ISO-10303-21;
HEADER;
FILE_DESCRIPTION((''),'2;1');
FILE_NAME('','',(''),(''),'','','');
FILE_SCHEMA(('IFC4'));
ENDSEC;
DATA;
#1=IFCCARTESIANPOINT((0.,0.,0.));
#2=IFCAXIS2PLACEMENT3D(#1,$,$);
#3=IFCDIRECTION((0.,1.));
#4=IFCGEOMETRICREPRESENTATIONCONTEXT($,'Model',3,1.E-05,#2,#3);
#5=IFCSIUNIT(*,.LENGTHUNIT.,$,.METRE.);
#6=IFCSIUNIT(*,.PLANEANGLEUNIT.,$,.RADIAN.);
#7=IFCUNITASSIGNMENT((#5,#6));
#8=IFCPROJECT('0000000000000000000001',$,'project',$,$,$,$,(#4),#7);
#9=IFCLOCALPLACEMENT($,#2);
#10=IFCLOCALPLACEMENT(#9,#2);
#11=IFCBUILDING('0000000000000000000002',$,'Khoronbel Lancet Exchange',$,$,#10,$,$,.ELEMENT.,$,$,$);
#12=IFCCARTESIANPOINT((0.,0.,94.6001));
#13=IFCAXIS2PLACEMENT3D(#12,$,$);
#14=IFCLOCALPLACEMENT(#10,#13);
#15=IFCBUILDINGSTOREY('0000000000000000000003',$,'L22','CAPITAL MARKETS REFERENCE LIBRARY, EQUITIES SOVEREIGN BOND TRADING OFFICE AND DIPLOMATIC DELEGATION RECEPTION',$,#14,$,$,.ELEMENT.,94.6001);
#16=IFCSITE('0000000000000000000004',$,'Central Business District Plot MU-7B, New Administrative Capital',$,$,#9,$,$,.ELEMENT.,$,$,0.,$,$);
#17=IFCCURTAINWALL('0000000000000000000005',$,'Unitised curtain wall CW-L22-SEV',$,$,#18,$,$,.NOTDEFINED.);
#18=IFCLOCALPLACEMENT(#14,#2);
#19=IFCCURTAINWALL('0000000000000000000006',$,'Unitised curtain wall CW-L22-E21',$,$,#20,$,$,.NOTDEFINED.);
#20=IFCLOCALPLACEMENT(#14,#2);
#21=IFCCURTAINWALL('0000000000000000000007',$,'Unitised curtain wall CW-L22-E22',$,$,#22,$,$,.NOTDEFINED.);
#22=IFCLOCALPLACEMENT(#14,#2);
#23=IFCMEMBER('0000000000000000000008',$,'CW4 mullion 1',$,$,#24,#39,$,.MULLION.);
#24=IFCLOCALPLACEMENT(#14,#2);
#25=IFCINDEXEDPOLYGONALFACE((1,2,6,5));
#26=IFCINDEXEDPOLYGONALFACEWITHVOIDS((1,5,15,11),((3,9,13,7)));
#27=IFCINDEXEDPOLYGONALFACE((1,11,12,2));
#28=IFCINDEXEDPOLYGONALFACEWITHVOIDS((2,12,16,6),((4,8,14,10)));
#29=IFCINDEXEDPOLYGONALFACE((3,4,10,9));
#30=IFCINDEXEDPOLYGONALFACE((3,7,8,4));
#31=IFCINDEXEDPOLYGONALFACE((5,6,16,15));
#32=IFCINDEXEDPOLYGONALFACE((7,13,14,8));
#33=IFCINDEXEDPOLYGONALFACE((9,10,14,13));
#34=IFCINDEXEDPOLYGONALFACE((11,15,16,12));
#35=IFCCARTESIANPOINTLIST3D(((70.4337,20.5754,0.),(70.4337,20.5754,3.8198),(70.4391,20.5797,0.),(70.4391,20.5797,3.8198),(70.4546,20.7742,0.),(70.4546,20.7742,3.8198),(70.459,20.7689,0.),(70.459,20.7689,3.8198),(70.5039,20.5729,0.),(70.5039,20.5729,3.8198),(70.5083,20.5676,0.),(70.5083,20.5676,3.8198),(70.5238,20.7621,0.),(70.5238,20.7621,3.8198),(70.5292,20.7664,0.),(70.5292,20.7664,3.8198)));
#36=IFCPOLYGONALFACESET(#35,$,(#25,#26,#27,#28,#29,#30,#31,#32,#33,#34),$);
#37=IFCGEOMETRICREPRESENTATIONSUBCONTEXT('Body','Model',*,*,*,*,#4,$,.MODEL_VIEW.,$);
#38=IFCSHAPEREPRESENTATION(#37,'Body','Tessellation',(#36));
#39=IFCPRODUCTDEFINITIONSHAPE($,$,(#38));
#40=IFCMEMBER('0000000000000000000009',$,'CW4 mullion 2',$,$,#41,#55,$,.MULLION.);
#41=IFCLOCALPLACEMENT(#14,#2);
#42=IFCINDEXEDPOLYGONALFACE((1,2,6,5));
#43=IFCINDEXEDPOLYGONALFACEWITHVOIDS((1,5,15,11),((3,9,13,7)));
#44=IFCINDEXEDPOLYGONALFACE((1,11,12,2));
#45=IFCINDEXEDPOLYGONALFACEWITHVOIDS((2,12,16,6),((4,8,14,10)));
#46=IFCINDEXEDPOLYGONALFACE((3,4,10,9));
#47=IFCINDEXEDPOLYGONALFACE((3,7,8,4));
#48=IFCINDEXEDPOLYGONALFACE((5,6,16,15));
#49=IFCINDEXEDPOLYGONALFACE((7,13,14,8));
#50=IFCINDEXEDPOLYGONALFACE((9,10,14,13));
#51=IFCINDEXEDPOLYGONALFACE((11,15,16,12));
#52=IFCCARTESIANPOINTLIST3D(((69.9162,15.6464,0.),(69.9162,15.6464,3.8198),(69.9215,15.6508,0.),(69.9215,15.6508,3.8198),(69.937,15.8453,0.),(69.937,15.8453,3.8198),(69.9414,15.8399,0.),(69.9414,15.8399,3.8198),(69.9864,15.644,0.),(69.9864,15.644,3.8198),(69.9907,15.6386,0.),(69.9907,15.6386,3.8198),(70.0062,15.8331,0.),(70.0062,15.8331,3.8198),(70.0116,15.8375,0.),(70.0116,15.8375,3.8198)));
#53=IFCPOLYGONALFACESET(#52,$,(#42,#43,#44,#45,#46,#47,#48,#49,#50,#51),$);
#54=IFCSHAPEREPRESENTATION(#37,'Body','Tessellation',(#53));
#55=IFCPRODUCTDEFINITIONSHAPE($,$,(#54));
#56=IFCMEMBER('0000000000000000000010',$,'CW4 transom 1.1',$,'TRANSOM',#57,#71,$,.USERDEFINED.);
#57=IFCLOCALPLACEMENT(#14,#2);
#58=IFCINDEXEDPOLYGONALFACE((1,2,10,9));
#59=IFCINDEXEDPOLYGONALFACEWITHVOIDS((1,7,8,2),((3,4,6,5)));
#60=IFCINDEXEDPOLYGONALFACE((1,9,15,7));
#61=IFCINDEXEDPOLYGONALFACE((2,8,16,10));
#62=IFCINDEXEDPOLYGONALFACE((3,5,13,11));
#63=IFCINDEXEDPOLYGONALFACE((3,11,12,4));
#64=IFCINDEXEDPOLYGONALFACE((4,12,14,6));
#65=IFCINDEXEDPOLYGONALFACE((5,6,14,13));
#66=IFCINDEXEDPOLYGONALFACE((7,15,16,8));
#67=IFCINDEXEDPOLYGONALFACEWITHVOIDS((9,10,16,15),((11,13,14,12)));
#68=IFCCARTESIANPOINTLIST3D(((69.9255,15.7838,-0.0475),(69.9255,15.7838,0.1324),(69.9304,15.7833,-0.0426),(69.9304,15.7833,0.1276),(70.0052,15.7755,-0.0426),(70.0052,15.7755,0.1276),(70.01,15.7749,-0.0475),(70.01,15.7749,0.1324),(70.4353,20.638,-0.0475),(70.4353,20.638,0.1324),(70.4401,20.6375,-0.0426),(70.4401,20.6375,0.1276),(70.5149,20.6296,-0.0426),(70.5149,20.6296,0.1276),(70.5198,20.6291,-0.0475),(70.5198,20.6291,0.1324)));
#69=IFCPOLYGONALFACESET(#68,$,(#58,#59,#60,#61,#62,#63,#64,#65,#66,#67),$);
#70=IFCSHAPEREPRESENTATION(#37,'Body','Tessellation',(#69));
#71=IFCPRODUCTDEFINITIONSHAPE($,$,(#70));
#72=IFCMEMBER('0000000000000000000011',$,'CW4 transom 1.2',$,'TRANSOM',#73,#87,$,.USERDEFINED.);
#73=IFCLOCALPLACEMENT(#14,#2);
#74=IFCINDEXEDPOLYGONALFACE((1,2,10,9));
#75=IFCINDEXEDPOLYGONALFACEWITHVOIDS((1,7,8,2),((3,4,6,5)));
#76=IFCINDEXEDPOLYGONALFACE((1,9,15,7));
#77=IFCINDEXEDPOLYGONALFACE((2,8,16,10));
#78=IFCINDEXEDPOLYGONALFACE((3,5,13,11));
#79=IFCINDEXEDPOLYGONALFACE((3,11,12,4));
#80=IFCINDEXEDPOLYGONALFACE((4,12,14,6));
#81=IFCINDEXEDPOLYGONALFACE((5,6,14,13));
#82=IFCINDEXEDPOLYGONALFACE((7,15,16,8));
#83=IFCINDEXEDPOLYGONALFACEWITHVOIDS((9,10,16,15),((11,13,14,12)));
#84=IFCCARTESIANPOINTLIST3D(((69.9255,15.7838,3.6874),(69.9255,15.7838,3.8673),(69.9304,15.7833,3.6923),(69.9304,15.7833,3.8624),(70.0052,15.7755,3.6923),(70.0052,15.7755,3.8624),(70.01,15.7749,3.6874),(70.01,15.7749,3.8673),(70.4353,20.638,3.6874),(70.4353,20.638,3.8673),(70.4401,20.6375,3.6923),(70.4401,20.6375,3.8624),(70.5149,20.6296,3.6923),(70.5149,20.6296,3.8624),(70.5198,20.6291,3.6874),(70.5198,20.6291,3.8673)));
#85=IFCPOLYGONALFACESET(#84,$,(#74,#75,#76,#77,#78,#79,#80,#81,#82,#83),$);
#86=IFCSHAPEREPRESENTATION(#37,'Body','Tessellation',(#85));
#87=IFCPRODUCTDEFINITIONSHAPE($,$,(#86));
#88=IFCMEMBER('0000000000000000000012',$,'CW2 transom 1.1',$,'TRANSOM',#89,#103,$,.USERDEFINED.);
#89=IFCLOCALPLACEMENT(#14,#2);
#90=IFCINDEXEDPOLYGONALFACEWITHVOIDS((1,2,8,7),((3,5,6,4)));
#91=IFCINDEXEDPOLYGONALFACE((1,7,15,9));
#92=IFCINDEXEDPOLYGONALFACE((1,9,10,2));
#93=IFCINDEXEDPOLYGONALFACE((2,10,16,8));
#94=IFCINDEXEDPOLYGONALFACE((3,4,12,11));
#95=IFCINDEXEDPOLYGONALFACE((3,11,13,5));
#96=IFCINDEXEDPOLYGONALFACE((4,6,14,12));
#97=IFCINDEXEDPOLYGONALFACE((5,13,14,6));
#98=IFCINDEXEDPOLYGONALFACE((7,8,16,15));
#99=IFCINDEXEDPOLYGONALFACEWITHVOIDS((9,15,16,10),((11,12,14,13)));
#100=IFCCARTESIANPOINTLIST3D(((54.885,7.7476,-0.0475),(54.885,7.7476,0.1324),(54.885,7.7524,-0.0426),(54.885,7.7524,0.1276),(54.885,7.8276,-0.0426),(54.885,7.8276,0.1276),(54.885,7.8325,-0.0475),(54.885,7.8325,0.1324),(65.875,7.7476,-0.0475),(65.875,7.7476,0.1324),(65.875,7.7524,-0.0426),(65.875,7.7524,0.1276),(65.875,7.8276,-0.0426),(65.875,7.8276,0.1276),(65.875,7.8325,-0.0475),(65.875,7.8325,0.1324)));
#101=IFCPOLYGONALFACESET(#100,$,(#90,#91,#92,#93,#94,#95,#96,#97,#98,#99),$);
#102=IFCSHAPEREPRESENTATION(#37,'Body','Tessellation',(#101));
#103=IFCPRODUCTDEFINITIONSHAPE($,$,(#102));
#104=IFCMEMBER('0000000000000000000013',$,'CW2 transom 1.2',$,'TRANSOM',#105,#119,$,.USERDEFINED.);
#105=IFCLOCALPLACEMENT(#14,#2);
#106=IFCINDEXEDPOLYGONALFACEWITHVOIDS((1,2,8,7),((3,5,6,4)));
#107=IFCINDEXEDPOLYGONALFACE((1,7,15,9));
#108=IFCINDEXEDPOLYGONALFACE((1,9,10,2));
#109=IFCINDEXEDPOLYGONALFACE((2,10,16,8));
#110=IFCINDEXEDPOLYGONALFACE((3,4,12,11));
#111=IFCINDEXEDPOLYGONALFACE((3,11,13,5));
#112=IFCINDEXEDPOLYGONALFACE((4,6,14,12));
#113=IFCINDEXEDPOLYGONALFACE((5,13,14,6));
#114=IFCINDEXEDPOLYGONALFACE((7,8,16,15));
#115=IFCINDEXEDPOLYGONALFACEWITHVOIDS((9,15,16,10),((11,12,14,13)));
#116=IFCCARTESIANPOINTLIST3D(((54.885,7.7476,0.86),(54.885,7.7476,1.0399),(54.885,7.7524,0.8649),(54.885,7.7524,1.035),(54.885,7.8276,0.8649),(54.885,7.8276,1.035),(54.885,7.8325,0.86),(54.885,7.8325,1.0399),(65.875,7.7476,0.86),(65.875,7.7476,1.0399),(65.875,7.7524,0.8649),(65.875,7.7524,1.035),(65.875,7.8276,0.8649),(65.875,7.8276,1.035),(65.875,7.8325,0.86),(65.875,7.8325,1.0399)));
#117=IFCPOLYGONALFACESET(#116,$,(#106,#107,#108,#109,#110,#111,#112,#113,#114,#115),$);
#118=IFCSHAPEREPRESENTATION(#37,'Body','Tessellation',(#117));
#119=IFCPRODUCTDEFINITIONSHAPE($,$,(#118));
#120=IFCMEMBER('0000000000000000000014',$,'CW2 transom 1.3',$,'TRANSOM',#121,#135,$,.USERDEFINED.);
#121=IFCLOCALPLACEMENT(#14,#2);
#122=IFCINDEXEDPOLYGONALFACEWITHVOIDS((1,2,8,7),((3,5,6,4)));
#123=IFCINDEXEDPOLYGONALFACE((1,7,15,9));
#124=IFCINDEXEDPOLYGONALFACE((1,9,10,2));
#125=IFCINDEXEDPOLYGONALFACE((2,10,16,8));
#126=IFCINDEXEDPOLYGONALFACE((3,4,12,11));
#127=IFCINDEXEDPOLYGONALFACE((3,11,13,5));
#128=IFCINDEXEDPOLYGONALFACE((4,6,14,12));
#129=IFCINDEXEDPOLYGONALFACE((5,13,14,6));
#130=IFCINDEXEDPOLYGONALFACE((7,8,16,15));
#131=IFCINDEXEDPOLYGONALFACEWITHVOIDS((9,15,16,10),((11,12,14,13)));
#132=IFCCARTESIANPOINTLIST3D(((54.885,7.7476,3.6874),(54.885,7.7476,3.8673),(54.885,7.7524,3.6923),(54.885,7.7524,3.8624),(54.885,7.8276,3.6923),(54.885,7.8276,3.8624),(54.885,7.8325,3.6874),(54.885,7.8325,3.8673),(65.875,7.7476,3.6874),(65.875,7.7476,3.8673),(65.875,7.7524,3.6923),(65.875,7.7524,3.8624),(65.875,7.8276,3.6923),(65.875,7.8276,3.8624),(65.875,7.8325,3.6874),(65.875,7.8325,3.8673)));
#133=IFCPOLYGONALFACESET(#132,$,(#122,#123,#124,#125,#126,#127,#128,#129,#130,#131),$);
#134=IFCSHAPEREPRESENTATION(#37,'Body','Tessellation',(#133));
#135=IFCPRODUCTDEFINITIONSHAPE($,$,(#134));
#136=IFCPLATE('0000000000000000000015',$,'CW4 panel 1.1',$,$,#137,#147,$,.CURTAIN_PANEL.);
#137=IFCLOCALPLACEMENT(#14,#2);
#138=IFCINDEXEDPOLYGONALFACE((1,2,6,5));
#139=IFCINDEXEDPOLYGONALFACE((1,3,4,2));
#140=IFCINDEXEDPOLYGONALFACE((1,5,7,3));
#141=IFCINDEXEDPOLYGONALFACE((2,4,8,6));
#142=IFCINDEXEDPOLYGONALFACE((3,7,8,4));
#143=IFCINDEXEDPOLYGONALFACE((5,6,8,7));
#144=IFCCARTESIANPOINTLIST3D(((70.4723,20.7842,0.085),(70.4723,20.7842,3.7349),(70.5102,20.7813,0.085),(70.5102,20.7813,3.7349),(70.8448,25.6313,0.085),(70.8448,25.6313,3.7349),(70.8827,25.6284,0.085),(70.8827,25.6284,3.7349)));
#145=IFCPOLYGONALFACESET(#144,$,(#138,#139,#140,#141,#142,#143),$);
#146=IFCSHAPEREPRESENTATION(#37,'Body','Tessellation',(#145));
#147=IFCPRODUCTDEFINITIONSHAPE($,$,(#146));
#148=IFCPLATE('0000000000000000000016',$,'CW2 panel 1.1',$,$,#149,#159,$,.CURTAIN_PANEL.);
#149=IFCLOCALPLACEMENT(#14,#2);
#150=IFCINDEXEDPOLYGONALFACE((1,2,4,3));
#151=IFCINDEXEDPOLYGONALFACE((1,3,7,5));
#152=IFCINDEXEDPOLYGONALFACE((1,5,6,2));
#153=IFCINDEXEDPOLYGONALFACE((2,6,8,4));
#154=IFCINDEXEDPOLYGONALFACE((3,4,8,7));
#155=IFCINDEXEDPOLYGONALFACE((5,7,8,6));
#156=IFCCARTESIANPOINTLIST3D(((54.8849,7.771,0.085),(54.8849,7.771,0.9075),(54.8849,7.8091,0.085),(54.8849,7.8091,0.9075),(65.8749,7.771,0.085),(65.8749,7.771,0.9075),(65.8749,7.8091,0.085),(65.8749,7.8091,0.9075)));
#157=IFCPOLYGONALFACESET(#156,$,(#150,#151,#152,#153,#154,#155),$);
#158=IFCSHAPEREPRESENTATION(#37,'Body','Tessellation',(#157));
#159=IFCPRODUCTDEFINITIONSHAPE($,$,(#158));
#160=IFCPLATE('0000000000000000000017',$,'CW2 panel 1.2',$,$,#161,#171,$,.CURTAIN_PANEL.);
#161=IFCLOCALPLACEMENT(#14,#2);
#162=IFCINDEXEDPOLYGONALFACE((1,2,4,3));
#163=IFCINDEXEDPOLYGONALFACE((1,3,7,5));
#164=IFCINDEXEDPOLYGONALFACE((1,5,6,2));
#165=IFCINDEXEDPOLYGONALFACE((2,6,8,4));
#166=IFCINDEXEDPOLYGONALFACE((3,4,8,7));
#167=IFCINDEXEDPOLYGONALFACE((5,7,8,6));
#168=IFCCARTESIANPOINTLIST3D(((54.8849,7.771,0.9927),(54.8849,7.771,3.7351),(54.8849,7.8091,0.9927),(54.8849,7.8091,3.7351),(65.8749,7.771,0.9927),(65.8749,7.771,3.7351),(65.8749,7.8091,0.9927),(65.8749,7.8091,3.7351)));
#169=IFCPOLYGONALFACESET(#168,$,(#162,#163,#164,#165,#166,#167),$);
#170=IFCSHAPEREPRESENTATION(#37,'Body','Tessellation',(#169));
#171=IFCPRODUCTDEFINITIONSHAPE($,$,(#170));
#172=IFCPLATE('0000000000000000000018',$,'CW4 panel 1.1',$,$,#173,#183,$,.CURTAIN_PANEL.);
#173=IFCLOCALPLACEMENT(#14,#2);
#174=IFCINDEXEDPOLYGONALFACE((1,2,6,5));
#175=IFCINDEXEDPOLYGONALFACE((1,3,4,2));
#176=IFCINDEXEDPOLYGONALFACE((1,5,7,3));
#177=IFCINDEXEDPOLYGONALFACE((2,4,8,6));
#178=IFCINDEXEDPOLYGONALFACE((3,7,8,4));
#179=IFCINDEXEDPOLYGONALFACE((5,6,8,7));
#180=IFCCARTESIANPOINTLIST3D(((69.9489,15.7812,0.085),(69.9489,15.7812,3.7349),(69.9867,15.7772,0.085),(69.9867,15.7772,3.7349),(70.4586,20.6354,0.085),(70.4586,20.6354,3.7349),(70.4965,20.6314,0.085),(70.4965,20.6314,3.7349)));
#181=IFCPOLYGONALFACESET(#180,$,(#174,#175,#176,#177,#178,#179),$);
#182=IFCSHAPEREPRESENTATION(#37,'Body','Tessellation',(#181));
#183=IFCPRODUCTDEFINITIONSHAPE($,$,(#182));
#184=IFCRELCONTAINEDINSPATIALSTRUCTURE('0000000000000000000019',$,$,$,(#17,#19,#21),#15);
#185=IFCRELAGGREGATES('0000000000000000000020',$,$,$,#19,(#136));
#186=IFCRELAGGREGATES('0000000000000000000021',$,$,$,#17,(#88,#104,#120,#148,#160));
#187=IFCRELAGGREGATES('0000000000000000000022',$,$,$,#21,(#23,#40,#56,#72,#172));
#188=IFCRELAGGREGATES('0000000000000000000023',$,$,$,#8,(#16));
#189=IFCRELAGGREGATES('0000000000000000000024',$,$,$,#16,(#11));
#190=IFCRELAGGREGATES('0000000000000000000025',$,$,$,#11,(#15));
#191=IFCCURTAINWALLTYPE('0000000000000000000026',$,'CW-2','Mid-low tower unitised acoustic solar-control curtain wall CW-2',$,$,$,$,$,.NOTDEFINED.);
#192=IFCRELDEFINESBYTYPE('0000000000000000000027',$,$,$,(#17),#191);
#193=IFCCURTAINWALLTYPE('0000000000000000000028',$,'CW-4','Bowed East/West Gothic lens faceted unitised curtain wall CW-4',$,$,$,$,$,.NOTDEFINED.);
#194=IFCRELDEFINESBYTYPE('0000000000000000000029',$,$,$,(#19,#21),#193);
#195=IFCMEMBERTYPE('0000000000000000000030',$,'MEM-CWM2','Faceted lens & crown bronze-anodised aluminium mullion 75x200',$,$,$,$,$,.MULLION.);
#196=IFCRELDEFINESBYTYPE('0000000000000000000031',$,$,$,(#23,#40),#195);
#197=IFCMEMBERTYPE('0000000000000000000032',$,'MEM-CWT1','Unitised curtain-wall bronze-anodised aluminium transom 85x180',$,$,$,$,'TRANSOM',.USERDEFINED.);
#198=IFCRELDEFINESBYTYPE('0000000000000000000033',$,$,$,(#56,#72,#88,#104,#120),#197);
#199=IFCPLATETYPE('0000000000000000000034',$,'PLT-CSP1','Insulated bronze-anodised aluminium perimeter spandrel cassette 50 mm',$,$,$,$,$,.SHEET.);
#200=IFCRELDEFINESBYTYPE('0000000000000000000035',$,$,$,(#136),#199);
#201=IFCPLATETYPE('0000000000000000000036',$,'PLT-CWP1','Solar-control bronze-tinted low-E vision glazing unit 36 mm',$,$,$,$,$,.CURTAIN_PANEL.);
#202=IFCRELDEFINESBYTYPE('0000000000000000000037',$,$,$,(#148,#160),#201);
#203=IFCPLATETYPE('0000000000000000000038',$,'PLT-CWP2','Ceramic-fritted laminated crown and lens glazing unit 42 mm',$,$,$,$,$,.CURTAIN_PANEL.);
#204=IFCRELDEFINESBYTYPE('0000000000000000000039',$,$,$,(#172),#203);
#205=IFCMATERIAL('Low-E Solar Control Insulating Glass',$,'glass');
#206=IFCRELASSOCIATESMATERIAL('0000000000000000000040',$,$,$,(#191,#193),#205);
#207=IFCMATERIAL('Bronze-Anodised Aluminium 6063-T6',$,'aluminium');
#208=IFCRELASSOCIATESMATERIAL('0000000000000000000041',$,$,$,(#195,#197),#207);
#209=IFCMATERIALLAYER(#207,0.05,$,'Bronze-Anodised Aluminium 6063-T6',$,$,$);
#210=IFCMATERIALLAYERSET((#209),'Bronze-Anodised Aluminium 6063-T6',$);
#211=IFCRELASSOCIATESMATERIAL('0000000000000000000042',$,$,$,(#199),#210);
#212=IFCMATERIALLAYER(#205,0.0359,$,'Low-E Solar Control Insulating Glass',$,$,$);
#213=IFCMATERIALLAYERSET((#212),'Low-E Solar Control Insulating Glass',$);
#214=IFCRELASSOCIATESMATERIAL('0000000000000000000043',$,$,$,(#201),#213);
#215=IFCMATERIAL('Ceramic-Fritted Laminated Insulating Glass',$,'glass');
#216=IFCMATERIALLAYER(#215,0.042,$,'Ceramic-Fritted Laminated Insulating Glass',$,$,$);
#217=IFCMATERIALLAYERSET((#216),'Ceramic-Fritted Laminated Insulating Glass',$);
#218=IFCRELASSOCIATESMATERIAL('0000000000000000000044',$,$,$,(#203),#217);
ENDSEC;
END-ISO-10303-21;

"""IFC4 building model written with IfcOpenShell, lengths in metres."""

from ifc_helpers import new_model, si_unit, direction, frame, origin, origin_2d, place, context, subcontext, project, spatial, rectangle, hollow_rectangle, extrude, material, layer, layer_set, material_profile, profile_set, type_object, element, aggregate, save


model = new_model("IFC4")

# Units and contexts
model_context = context("Model", 3, precision=1e-05, world=origin(), true_north=direction((0.0, 1.0)))
body_context = subcontext(model_context, "Body", "Model", "MODEL_VIEW")
ifc_project = project(units=[si_unit("LENGTHUNIT", "METRE"), si_unit("PLANEANGLEUNIT", "RADIAN")], contexts=[model_context])

# Site, building, storey
site_placement = place(None, origin())
site = spatial("IfcSite", under=ifc_project, at=site_placement, Name="Central Business District Plot MU-7B, New Administrative Capital", CompositionType="ELEMENT", RefElevation=0.0)
building_placement = place(site_placement, origin())
building = spatial("IfcBuilding", under=site, at=building_placement, Name="Khoronbel Lancet Exchange", CompositionType="ELEMENT")
storey_placement = place(building_placement, frame((0.0, 0.0, 94.6001)))
storey = spatial("IfcBuildingStorey", under=building, at=storey_placement, Name="L22", Description="CAPITAL MARKETS REFERENCE LIBRARY, EQUITIES SOVEREIGN BOND TRADING OFFICE AND DIPLOMATIC DELEGATION RECEPTION", CompositionType="ELEMENT", Elevation=94.6001)

# Shared definitions
ifc_material_1 = material(Name="Low-E Solar Control Insulating Glass", Category="glass")
curtain_wall_type_1 = type_object("IfcCurtainWallType", Name="CW-2", Description="Mid-low tower unitised acoustic solar-control curtain wall CW-2", PredefinedType="NOTDEFINED", material=ifc_material_1)
ifc_material_2 = material(Name="Bronze-Anodised Aluminium 6063-T6", Category="aluminium")

# Curtain wall
curtain_wall_1_placement = place(storey_placement, origin())
curtain_wall_1 = element("IfcCurtainWall", 1, at=curtain_wall_1_placement, inside=storey, type_object=curtain_wall_type_1, Name="Unitised curtain wall CW-L22-SEV", PredefinedType="NOTDEFINED")

# Curtain wall
curtain_wall_type_2 = type_object("IfcCurtainWallType", Name="CW-4", Description="Bowed East/West Gothic lens faceted unitised curtain wall CW-4", PredefinedType="NOTDEFINED", material=ifc_material_1)
curtain_wall_2_placement = place(storey_placement, origin())
curtain_wall_2 = element("IfcCurtainWall", 2, at=curtain_wall_2_placement, inside=storey, type_object=curtain_wall_type_2, Name="Unitised curtain wall CW-L22-E21", PredefinedType="NOTDEFINED")
ifc_material_profile_1 = material_profile(ifc_material_2, hollow_rectangle(XDim=0.075, YDim=0.2, WallThickness=0.0049, at=origin_2d()), Name="ALU MULLION 75x200")
ifc_profile_set_1 = profile_set([ifc_material_profile_1], Name="Bronze-Anodised Aluminium 6063-T6")
member_type_1 = type_object("IfcMemberType", Name="MEM-CWM2", Description="Faceted lens & crown bronze-anodised aluminium mullion 75x200", PredefinedType="MULLION", material=ifc_profile_set_1)

# Curtain wall, members
curtain_wall_3_placement = place(storey_placement, origin())
curtain_wall_3 = element("IfcCurtainWall", 3, at=curtain_wall_3_placement, inside=storey, type_object=curtain_wall_type_2, Name="Unitised curtain wall CW-L22-E22", PredefinedType="NOTDEFINED")
member_1_placement = place(storey_placement, frame((70.4814, 20.6709, 0.0), z_axis=(0.0, 0.0, 1.0), x_axis=(0.994532, -0.104434, 0.0)))
member_1 = element("IfcMember", 4, at=member_1_placement, type_object=member_type_1, Name="CW4 mullion 1", PredefinedType="MULLION", context=body_context, shape_type="SweptSolid", body=[
    extrude(hollow_rectangle(XDim=0.075, YDim=0.2, WallThickness=0.0049, at=origin_2d()), origin(), (0.0, 0.0, 1.0), 3.8198),
])
member_2_placement = place(storey_placement, frame((69.9639, 15.7419, 0.0), z_axis=(0.0, 0.0, 1.0), x_axis=(0.994532, -0.104434, 0.0)))
member_2 = element("IfcMember", 5, at=member_2_placement, type_object=member_type_1, Name="CW4 mullion 2", PredefinedType="MULLION", context=body_context, shape_type="SweptSolid", body=[
    extrude(hollow_rectangle(XDim=0.075, YDim=0.2, WallThickness=0.0049, at=origin_2d()), origin(), (0.0, 0.0, 1.0), 3.8198),
])
ifc_material_profile_2 = material_profile(ifc_material_2, hollow_rectangle(XDim=0.085, YDim=0.1799, WallThickness=0.0049, at=origin_2d()), Name="ALU TRANSOM 85x180")
ifc_profile_set_2 = profile_set([ifc_material_profile_2], Name="Bronze-Anodised Aluminium 6063-T6")
member_type_2 = type_object("IfcMemberType", Name="MEM-CWT1", Description="Unitised curtain-wall bronze-anodised aluminium transom 85x180", ElementType="TRANSOM", PredefinedType="USERDEFINED", material=ifc_profile_set_2)
member_3_placement = place(storey_placement, frame((70.4775, 20.6335, 0.0425), z_axis=(-0.10444, -0.994531, 0.0), x_axis=(0.994531, -0.10444, 0.0)))
member_3 = element("IfcMember", 6, at=member_3_placement, type_object=member_type_2, Name="CW4 transom 1.1", ObjectType="TRANSOM", PredefinedType="USERDEFINED", context=body_context, shape_type="SweptSolid", body=[
    extrude(hollow_rectangle(XDim=0.085, YDim=0.1799, WallThickness=0.0049, at=origin_2d()), origin(), (0.0, 0.0, 1.0), 4.8809),
])
member_4_placement = place(storey_placement, frame((70.4775, 20.6335, 3.7773), z_axis=(-0.10444, -0.994531, 0.0), x_axis=(0.994531, -0.10444, 0.0)))
member_4 = element("IfcMember", 7, at=member_4_placement, type_object=member_type_2, Name="CW4 transom 1.2", ObjectType="TRANSOM", PredefinedType="USERDEFINED", context=body_context, shape_type="SweptSolid", body=[
    extrude(hollow_rectangle(XDim=0.085, YDim=0.1799, WallThickness=0.0049, at=origin_2d()), origin(), (0.0, 0.0, 1.0), 4.8809),
])

# Members
member_5_placement = place(storey_placement, frame((54.885, 7.79, 0.0425), z_axis=(1.0, 0.0, 0.0), x_axis=(0.0, 1.0, 0.0)))
member_5 = element("IfcMember", 8, at=member_5_placement, type_object=member_type_2, Name="CW2 transom 1.1", ObjectType="TRANSOM", PredefinedType="USERDEFINED", context=body_context, shape_type="SweptSolid", body=[
    extrude(hollow_rectangle(XDim=0.085, YDim=0.1799, WallThickness=0.0049, at=origin_2d()), origin(), (0.0, 0.0, 1.0), 10.99),
])
member_6_placement = place(storey_placement, frame((54.885, 7.79, 0.95), z_axis=(1.0, 0.0, 0.0), x_axis=(0.0, 1.0, 0.0)))
member_6 = element("IfcMember", 9, at=member_6_placement, type_object=member_type_2, Name="CW2 transom 1.2", ObjectType="TRANSOM", PredefinedType="USERDEFINED", context=body_context, shape_type="SweptSolid", body=[
    extrude(hollow_rectangle(XDim=0.085, YDim=0.1799, WallThickness=0.0049, at=origin_2d()), origin(), (0.0, 0.0, 1.0), 10.99),
])
member_7_placement = place(storey_placement, frame((54.885, 7.79, 3.7773), z_axis=(1.0, 0.0, 0.0), x_axis=(0.0, 1.0, 0.0)))
member_7 = element("IfcMember", 10, at=member_7_placement, type_object=member_type_2, Name="CW2 transom 1.3", ObjectType="TRANSOM", PredefinedType="USERDEFINED", context=body_context, shape_type="SweptSolid", body=[
    extrude(hollow_rectangle(XDim=0.085, YDim=0.1799, WallThickness=0.0049, at=origin_2d()), origin(), (0.0, 0.0, 1.0), 10.99),
])

# Plates
ifc_layer_1 = layer(ifc_material_2, 0.05, Name="Bronze-Anodised Aluminium 6063-T6")
ifc_layer_set_1 = layer_set([ifc_layer_1], Name="Bronze-Anodised Aluminium 6063-T6")
plate_type_1 = type_object("IfcPlateType", Name="PLT-CSP1", Description="Insulated bronze-anodised aluminium perimeter spandrel cassette 50 mm", PredefinedType="SHEET", material=ifc_layer_set_1)
plate_1_placement = place(storey_placement, frame((70.6775, 23.2063, 0.085), z_axis=(0.0, 0.0, 1.0), x_axis=(-0.076626, -0.99706, 0.0)))
plate_1 = element("IfcPlate", 11, at=plate_1_placement, type_object=plate_type_1, Name="CW4 panel 1.1", PredefinedType="CURTAIN_PANEL", context=body_context, shape_type="SweptSolid", body=[
    extrude(rectangle(XDim=4.8613, YDim=0.0381, at=origin_2d()), origin(), (0.0, 0.0, 1.0), 3.6499),
])
aggregate(curtain_wall_2, [plate_1])
ifc_layer_2 = layer(ifc_material_1, 0.0359, Name="Low-E Solar Control Insulating Glass")
ifc_layer_set_2 = layer_set([ifc_layer_2], Name="Low-E Solar Control Insulating Glass")
plate_type_2 = type_object("IfcPlateType", Name="PLT-CWP1", Description="Solar-control bronze-tinted low-E vision glazing unit 36 mm", PredefinedType="CURTAIN_PANEL", material=ifc_layer_set_2)
plate_2_placement = place(storey_placement, frame((60.3799, 7.79, 0.085), z_axis=(0.0, 0.0, 1.0), x_axis=(1.0, 0.0, 0.0)))
plate_2 = element("IfcPlate", 12, at=plate_2_placement, type_object=plate_type_2, Name="CW2 panel 1.1", PredefinedType="CURTAIN_PANEL", context=body_context, shape_type="SweptSolid", body=[
    extrude(rectangle(XDim=10.99, YDim=0.0381, at=origin_2d()), origin(), (0.0, 0.0, 1.0), 0.8225),
])
plate_3_placement = place(storey_placement, frame((60.3799, 7.79, 0.9927), z_axis=(0.0, 0.0, 1.0), x_axis=(1.0, 0.0, 0.0)))
plate_3 = element("IfcPlate", 13, at=plate_3_placement, type_object=plate_type_2, Name="CW2 panel 1.2", PredefinedType="CURTAIN_PANEL", context=body_context, shape_type="SweptSolid", body=[
    extrude(rectangle(XDim=10.99, YDim=0.0381, at=origin_2d()), origin(), (0.0, 0.0, 1.0), 2.7424),
])
aggregate(curtain_wall_1, [member_5, member_6, member_7, plate_2, plate_3])
ifc_material_3 = material(Name="Ceramic-Fritted Laminated Insulating Glass", Category="glass")
ifc_layer_3 = layer(ifc_material_3, 0.042, Name="Ceramic-Fritted Laminated Insulating Glass")
ifc_layer_set_3 = layer_set([ifc_layer_3], Name="Ceramic-Fritted Laminated Insulating Glass")
plate_type_3 = type_object("IfcPlateType", Name="PLT-CWP2", Description="Ceramic-fritted laminated crown and lens glazing unit 42 mm", PredefinedType="CURTAIN_PANEL", material=ifc_layer_set_3)
plate_4_placement = place(storey_placement, frame((70.2227, 18.2063, 0.085), z_axis=(0.0, 0.0, 1.0), x_axis=(-0.104434, -0.994532, 0.0)))
plate_4 = element("IfcPlate", 14, at=plate_4_placement, type_object=plate_type_3, Name="CW4 panel 1.1", PredefinedType="CURTAIN_PANEL", context=body_context, shape_type="SweptSolid", body=[
    extrude(rectangle(XDim=4.8809, YDim=0.0381, at=origin_2d()), origin(), (0.0, 0.0, 1.0), 3.6499),
])
aggregate(curtain_wall_3, [member_1, member_2, member_3, member_4, plate_4])

save(model, "model.ifc")
